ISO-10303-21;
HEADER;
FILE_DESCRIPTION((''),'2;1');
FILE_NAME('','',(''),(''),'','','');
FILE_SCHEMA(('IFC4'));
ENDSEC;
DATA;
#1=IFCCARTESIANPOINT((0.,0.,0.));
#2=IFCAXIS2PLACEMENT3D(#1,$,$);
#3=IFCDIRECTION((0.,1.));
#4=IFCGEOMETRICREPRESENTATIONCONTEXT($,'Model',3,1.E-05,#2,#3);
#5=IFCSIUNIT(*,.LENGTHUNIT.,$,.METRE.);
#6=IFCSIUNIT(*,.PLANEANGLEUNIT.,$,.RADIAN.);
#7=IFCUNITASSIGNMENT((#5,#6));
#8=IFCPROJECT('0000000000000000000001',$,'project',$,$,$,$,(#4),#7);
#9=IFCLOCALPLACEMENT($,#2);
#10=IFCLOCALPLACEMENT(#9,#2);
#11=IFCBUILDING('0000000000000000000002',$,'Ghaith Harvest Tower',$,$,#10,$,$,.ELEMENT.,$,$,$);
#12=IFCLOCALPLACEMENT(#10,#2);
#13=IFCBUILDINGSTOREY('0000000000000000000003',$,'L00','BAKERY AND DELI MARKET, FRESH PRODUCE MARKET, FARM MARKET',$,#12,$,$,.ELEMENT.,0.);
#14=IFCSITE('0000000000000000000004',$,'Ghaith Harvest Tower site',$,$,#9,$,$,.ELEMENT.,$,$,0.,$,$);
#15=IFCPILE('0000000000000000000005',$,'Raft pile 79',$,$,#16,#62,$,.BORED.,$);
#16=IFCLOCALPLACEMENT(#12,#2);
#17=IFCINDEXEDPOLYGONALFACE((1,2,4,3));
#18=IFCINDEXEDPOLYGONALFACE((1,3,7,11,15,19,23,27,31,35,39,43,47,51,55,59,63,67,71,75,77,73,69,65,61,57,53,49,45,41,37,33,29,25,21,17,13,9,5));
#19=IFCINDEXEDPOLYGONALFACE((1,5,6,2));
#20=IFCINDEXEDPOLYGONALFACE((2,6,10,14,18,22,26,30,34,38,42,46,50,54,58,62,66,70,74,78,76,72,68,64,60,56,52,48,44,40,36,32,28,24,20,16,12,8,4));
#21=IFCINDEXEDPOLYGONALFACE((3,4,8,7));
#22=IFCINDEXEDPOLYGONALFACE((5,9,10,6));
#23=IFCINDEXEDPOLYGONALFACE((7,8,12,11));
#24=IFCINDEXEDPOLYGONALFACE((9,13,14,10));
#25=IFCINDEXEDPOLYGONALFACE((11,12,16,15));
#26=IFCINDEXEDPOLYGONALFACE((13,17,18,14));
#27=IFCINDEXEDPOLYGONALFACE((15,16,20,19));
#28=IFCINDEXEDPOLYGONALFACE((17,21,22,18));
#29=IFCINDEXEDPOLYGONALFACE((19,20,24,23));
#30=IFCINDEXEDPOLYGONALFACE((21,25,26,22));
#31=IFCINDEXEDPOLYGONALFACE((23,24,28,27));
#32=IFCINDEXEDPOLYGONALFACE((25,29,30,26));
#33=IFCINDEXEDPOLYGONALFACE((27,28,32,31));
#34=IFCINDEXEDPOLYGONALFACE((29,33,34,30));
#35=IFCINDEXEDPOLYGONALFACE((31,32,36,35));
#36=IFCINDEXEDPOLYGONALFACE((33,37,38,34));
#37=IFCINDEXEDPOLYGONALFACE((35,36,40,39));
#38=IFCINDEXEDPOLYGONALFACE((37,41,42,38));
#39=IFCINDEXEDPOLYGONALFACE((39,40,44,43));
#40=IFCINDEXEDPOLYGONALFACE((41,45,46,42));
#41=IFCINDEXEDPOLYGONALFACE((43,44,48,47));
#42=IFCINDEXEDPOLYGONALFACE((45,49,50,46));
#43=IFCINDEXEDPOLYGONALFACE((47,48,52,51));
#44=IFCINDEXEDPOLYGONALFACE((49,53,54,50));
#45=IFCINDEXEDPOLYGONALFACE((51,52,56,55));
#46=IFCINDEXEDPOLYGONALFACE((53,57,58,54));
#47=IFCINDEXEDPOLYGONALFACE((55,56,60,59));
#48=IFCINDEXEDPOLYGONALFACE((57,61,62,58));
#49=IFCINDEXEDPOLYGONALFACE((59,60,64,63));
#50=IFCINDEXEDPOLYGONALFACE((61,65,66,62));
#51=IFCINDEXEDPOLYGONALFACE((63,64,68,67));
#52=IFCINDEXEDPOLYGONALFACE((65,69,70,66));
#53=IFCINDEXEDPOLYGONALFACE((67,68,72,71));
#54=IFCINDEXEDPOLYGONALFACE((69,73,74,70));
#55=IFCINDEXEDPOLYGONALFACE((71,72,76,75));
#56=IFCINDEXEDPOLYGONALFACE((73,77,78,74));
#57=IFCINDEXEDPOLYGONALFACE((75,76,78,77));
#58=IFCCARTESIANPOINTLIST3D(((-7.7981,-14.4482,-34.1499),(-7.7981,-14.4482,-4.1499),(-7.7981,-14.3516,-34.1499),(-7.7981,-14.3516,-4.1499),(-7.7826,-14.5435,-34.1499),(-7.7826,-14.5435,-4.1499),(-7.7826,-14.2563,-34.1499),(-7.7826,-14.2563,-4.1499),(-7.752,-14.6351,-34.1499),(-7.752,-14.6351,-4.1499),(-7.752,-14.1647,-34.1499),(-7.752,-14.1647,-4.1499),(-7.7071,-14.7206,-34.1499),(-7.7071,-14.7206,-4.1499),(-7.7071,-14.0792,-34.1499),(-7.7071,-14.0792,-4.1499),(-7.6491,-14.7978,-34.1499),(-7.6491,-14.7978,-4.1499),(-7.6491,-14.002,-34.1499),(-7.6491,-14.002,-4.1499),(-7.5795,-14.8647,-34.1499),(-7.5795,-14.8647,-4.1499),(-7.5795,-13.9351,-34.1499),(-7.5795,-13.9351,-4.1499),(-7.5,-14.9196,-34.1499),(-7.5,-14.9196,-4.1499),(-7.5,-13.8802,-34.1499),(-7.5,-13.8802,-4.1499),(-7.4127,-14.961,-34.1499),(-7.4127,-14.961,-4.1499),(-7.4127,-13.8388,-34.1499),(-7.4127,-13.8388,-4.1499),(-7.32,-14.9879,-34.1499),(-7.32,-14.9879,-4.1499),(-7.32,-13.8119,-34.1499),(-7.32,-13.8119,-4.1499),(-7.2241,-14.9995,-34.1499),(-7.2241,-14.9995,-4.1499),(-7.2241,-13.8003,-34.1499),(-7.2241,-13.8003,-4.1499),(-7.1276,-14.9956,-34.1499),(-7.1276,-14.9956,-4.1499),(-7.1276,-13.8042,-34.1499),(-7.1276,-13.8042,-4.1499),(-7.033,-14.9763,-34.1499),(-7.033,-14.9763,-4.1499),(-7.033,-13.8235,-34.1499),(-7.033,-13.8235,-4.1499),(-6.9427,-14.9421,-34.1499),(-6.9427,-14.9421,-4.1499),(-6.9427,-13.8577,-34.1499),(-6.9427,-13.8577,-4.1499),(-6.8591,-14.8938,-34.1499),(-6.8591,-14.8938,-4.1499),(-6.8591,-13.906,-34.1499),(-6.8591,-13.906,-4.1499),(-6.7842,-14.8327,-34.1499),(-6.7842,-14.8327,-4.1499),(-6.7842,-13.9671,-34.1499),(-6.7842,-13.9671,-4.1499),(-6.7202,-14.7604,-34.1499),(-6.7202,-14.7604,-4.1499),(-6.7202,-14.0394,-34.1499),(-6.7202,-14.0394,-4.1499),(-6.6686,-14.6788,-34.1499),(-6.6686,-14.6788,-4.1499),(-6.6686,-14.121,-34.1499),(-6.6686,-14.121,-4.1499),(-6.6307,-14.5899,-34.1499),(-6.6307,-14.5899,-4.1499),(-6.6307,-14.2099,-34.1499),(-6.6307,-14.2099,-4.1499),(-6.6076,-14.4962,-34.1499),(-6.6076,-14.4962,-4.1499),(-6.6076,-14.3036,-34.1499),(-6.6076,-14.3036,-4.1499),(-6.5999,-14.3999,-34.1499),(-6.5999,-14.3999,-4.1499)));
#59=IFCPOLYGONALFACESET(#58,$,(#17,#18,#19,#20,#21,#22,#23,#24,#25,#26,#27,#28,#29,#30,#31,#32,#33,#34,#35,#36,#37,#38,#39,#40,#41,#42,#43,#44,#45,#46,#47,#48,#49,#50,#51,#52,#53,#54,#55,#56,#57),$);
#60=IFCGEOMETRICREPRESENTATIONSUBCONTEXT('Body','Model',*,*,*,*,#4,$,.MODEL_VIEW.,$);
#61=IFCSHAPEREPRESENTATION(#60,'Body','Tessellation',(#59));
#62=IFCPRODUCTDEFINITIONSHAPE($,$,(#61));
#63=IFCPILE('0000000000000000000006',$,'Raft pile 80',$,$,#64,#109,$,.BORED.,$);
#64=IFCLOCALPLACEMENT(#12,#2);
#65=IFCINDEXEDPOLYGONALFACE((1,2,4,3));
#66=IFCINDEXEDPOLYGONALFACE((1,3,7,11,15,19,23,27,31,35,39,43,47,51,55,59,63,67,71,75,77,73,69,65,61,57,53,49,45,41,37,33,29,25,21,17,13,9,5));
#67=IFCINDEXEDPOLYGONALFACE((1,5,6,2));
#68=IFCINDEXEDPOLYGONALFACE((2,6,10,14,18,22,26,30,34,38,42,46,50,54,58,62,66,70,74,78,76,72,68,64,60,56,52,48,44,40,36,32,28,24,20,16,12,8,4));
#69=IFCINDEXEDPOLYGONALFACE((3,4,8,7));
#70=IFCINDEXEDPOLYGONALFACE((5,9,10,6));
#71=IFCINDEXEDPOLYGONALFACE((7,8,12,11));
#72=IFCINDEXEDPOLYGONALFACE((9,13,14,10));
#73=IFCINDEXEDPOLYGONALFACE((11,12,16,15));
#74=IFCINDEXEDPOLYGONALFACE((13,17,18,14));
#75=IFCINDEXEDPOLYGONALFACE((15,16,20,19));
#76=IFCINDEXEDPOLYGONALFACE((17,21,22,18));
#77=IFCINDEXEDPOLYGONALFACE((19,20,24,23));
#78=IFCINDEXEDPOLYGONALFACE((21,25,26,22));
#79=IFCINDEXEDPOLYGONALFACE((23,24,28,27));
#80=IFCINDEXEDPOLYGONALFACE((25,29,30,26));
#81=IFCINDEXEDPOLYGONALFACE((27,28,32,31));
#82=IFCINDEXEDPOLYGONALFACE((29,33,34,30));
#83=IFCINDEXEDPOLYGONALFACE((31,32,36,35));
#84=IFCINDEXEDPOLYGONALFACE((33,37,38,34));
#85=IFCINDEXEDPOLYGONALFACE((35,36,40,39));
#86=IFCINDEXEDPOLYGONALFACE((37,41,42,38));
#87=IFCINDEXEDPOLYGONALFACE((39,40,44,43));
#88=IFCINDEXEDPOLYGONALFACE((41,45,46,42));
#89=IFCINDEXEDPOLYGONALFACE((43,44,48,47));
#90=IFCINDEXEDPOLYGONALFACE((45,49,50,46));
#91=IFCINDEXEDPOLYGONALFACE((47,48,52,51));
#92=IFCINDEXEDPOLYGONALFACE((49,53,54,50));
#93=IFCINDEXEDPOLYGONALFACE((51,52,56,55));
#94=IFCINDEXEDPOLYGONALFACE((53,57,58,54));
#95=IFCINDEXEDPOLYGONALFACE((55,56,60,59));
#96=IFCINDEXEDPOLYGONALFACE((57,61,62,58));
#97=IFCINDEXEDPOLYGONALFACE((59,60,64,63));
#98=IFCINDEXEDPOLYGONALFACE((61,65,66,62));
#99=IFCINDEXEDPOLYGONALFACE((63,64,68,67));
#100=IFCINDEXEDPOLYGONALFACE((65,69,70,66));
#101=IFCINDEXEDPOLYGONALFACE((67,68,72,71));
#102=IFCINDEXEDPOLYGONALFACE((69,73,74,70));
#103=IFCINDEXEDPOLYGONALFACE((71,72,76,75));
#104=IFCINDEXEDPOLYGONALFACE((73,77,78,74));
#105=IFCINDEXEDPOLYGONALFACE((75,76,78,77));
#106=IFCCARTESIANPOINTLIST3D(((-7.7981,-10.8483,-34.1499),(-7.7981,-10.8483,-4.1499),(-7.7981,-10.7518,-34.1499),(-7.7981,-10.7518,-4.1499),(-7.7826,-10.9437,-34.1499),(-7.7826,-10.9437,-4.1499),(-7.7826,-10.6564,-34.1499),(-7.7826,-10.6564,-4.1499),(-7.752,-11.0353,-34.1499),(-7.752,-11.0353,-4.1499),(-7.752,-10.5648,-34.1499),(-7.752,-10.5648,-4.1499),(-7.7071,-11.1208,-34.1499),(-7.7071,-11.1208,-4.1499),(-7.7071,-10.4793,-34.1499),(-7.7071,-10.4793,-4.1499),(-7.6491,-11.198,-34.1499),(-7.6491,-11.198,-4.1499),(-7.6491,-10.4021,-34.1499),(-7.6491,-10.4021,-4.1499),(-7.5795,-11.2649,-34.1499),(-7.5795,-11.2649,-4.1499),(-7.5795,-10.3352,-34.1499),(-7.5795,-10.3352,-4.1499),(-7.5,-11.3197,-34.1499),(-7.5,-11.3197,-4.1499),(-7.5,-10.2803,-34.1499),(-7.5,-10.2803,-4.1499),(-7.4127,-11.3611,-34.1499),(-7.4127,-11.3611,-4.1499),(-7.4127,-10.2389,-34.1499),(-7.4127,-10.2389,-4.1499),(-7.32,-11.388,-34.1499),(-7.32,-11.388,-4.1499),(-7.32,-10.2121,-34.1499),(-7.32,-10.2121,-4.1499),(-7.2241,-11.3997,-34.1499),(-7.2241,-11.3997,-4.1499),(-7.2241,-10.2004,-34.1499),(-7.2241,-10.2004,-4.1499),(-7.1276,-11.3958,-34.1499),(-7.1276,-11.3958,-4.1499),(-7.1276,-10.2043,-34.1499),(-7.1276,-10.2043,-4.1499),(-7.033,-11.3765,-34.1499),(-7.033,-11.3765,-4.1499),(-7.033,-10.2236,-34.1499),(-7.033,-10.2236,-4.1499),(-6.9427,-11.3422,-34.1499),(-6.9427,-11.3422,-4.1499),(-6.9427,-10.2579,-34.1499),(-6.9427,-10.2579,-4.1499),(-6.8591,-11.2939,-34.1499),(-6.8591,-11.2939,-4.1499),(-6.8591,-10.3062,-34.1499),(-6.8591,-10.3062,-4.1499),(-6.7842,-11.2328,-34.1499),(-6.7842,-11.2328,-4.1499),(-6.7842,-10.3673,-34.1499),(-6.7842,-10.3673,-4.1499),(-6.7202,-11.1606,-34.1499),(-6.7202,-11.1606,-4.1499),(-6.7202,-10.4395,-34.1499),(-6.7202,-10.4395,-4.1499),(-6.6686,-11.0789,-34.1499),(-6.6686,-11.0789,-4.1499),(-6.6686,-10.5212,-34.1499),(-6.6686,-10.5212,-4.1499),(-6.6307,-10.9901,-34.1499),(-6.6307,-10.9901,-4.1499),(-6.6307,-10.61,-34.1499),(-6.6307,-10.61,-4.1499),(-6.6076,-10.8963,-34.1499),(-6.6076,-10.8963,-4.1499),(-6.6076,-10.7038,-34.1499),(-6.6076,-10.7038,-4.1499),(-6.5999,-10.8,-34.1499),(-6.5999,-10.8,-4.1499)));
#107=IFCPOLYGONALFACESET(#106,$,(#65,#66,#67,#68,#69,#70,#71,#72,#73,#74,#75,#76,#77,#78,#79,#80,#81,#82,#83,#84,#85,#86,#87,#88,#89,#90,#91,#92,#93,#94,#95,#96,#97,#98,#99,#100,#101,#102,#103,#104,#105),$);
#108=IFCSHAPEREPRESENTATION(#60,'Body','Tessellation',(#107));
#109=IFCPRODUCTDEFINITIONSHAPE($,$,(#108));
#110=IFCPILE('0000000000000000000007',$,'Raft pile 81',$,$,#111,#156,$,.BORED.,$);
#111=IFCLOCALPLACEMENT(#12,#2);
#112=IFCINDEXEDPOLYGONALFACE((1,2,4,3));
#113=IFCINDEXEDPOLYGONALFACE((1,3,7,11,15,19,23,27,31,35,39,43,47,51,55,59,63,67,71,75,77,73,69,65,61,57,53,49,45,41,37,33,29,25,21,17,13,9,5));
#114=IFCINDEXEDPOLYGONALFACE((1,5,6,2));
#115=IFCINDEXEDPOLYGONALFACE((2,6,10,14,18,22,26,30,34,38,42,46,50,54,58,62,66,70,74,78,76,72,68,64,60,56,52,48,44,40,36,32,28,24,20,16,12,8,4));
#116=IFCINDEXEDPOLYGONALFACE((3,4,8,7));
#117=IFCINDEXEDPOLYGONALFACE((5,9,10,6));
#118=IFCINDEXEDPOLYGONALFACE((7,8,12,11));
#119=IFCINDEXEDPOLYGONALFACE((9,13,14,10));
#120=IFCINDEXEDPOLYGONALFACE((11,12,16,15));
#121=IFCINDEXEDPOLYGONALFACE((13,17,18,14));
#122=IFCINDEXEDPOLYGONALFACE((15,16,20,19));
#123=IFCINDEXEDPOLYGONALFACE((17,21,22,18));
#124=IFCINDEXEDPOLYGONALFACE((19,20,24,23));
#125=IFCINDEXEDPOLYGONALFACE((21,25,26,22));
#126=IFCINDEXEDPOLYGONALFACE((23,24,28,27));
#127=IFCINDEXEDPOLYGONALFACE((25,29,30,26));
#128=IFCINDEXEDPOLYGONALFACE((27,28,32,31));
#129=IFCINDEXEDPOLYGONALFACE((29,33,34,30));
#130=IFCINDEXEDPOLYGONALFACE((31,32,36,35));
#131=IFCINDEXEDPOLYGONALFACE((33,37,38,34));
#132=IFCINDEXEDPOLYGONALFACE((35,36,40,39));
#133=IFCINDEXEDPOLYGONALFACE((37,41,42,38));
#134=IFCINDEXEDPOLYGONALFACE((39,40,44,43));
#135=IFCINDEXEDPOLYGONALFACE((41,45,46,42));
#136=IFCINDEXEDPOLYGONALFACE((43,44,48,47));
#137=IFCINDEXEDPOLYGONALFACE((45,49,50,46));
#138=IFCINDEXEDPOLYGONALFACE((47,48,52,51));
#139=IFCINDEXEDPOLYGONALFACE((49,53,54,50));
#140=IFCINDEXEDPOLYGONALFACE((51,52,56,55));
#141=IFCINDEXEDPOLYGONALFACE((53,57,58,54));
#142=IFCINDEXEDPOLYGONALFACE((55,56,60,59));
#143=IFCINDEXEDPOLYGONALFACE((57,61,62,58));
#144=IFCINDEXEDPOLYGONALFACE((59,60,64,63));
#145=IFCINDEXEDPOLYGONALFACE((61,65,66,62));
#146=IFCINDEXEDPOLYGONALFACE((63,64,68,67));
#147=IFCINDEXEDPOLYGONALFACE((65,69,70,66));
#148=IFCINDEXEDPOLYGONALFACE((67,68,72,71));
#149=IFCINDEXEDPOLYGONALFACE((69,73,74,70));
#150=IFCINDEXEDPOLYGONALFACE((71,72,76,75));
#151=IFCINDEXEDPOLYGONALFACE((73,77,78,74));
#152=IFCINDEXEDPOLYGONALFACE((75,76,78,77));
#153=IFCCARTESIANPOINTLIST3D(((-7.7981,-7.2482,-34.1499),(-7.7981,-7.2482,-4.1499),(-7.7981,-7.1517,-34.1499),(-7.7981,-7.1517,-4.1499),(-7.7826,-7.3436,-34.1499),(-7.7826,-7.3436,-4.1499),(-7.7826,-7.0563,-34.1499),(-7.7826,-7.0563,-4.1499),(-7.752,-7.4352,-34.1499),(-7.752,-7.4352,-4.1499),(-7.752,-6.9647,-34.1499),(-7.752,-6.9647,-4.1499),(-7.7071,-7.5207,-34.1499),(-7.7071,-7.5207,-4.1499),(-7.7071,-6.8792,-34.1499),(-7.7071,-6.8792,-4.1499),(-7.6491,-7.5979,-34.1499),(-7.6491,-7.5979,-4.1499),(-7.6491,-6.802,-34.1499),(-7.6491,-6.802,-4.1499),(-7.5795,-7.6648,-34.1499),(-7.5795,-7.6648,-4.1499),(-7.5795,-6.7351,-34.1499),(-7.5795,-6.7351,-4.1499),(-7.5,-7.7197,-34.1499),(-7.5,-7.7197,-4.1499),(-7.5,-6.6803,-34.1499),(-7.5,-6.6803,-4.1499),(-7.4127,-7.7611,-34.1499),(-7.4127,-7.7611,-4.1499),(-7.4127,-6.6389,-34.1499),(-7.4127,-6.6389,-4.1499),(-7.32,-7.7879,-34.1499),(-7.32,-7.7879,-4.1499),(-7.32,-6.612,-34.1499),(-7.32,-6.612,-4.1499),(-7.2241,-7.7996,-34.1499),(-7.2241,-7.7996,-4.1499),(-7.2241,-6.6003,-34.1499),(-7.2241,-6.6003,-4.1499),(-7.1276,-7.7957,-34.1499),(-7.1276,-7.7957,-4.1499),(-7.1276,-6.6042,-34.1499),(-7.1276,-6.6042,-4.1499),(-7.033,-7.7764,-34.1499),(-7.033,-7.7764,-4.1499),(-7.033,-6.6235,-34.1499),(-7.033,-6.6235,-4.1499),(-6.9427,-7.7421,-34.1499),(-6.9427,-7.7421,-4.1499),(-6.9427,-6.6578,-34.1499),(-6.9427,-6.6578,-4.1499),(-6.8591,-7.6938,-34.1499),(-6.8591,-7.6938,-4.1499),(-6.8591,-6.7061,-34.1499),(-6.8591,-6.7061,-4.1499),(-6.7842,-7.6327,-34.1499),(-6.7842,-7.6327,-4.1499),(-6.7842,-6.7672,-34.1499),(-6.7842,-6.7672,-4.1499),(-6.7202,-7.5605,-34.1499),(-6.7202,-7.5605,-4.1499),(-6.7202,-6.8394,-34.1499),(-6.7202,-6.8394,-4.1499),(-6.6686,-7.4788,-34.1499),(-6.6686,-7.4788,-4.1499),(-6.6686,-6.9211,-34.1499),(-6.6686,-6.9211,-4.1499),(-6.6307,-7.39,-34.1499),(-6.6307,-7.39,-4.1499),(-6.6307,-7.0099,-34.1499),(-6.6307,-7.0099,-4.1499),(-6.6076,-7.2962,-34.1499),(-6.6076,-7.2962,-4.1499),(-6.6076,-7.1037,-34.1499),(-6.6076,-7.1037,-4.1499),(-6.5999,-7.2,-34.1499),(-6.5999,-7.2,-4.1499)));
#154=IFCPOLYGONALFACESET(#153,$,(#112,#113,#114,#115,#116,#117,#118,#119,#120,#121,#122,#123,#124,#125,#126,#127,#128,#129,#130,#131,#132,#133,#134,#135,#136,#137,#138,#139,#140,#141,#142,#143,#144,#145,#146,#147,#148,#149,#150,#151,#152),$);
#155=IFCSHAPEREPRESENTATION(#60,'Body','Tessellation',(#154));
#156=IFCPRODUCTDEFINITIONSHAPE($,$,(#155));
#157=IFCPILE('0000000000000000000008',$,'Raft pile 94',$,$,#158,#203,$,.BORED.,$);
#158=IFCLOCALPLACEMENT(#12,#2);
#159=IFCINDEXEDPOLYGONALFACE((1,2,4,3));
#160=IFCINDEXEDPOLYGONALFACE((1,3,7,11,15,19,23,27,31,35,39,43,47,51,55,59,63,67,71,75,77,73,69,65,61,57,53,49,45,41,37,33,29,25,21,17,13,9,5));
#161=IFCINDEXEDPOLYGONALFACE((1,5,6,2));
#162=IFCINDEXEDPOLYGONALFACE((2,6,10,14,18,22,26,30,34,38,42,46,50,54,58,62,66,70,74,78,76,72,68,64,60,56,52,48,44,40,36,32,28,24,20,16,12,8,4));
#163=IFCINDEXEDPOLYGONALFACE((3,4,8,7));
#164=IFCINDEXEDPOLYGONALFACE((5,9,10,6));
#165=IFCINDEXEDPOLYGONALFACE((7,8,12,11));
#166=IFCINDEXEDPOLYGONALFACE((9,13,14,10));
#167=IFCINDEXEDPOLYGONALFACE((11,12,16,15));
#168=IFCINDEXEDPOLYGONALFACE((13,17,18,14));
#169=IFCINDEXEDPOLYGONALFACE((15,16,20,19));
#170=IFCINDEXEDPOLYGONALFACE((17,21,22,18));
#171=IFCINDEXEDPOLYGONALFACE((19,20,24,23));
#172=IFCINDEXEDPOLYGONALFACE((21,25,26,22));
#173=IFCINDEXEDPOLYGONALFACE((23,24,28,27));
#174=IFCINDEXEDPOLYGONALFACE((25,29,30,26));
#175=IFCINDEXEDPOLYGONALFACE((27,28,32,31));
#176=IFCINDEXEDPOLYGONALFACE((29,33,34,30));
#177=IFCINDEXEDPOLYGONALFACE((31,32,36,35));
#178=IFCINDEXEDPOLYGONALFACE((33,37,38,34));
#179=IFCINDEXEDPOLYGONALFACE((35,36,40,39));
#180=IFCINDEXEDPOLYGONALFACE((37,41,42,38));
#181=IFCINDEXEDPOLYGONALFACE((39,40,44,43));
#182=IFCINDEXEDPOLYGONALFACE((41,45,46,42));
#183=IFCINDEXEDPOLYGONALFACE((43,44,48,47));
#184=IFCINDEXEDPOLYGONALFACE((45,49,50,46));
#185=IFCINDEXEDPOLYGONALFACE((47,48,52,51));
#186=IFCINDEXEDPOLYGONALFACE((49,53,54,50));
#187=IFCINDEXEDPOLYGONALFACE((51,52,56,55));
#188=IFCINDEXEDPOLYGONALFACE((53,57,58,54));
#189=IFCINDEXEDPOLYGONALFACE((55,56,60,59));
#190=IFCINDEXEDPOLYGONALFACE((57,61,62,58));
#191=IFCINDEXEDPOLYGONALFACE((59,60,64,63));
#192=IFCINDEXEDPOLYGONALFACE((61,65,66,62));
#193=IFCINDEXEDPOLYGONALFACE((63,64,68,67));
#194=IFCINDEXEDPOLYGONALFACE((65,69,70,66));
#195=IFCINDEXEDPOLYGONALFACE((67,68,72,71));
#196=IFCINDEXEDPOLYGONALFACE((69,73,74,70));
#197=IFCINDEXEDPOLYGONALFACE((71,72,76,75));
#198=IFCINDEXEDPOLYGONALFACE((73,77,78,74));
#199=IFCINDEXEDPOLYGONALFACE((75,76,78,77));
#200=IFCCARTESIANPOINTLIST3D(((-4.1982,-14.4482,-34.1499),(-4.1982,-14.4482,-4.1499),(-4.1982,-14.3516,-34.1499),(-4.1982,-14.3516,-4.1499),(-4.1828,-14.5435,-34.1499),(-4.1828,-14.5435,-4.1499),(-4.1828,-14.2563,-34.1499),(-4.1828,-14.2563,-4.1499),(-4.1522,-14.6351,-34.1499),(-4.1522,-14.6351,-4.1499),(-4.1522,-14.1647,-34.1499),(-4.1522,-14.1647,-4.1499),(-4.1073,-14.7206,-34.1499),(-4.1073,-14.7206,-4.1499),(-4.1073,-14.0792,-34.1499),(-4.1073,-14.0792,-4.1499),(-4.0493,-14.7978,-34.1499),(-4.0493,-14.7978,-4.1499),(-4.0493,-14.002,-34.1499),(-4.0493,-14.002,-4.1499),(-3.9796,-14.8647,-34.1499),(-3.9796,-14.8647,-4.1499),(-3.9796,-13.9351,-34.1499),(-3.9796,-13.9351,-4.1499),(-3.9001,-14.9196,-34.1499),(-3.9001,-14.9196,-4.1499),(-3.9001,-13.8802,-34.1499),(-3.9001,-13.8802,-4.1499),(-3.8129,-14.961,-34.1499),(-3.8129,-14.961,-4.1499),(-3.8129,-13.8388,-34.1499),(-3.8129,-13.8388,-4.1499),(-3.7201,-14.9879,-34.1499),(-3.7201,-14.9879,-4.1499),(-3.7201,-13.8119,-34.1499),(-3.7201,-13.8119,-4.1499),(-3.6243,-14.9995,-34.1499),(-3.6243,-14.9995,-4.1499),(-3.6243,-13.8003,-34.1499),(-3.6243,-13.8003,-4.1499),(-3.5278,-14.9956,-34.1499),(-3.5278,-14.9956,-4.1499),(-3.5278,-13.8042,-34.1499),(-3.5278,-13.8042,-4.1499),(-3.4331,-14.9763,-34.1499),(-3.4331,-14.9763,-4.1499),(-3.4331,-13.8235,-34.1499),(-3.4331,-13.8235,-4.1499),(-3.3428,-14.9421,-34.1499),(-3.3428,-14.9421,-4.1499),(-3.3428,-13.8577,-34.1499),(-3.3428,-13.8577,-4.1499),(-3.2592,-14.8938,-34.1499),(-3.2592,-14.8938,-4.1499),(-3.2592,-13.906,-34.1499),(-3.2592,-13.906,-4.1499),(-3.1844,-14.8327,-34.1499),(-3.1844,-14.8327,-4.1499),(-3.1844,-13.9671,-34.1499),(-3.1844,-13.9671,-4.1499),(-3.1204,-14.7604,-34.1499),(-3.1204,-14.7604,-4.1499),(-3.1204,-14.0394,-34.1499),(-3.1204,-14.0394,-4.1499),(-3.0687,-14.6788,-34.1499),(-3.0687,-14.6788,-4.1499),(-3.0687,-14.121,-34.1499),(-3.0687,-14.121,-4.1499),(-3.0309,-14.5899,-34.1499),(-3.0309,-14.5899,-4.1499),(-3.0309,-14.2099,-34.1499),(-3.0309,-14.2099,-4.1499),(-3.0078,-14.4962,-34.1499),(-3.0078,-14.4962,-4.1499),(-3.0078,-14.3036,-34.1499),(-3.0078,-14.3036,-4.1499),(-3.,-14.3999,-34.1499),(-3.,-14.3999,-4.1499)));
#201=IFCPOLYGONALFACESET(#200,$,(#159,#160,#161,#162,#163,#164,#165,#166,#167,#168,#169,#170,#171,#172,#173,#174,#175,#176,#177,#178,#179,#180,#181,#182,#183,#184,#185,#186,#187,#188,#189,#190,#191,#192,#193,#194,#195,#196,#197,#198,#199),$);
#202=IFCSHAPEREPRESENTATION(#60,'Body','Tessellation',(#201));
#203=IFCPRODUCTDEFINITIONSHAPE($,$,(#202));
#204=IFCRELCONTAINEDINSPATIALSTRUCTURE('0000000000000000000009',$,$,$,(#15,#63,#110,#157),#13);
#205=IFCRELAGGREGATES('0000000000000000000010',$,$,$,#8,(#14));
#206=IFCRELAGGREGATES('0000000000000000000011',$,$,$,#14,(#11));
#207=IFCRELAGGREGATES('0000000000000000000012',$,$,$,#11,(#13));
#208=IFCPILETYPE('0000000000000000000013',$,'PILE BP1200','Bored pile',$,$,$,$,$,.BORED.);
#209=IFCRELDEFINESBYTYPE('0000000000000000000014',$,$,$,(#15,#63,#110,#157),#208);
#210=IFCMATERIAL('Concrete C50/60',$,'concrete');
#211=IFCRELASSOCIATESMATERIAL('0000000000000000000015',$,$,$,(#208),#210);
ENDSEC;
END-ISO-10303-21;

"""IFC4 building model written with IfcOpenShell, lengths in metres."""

from ifc_helpers import new_model, si_unit, direction, frame, origin, origin_2d, place, context, subcontext, project, spatial, circle, extrude, material, material_profile, profile_set, type_object, element, save


model = new_model("IFC4")

# Units and contexts
model_context = context("Model", 3, precision=1e-05, world=origin(), true_north=direction((0.0, 1.0)))
body_context = subcontext(model_context, "Body", "Model", "MODEL_VIEW")
ifc_project = project(units=[si_unit("LENGTHUNIT", "METRE"), si_unit("PLANEANGLEUNIT", "RADIAN")], contexts=[model_context])

# Site, building, storey
site_placement = place(None, origin())
site = spatial("IfcSite", under=ifc_project, at=site_placement, Name="Ghaith Harvest Tower site", CompositionType="ELEMENT", RefElevation=0.0)
building_placement = place(site_placement, origin())
building = spatial("IfcBuilding", under=site, at=building_placement, Name="Ghaith Harvest Tower", CompositionType="ELEMENT")
storey_placement = place(building_placement, origin())
storey = spatial("IfcBuildingStorey", under=building, at=storey_placement, Name="L00", Description="BAKERY AND DELI MARKET, FRESH PRODUCE MARKET, FARM MARKET", CompositionType="ELEMENT", Elevation=0.0)

# Piles
ifc_material_1 = material(Name="Concrete C50/60", Category="concrete")
ifc_material_profile = material_profile(ifc_material_1, circle(Radius=0.6001, at=origin_2d()), Name="PILE1200")
ifc_profile_set = profile_set([ifc_material_profile], Name="Concrete C50/60")
pile_type = type_object("IfcPileType", Name="PILE BP1200", Description="Bored pile", PredefinedType="BORED", material=ifc_profile_set)
for number, where, z_axis, x_axis, name in (
    (1, (-7.2, -14.3999, -4.1499), (0.0, 0.0, -1.0), (1.0, 0.0, 0.0), "Raft pile 79"),
    (2, (-7.2, -10.8, -4.1499), (0.0, 0.0, -1.0), (1.0, 0.0, 0.0), "Raft pile 80"),
    (3, (-7.2, -7.2, -4.1499), (0.0, 0.0, -1.0), (1.0, 0.0, 0.0), "Raft pile 81"),
    (4, (-3.6001, -14.3999, -4.1499), (0.0, 0.0, -1.0), (1.0, 0.0, 0.0), "Raft pile 94"),
):
    element("IfcPile", number, at=place(storey_placement, frame(where, z_axis=z_axis, x_axis=x_axis)), inside=storey, type_object=pile_type, Name=name, PredefinedType="BORED", context=body_context, shape_type="SweptSolid", body=[
        extrude(circle(Radius=0.6001, at=origin_2d()), origin(), (0.0, 0.0, 1.0), 30.0),
    ])

save(model, "model.ifc")
